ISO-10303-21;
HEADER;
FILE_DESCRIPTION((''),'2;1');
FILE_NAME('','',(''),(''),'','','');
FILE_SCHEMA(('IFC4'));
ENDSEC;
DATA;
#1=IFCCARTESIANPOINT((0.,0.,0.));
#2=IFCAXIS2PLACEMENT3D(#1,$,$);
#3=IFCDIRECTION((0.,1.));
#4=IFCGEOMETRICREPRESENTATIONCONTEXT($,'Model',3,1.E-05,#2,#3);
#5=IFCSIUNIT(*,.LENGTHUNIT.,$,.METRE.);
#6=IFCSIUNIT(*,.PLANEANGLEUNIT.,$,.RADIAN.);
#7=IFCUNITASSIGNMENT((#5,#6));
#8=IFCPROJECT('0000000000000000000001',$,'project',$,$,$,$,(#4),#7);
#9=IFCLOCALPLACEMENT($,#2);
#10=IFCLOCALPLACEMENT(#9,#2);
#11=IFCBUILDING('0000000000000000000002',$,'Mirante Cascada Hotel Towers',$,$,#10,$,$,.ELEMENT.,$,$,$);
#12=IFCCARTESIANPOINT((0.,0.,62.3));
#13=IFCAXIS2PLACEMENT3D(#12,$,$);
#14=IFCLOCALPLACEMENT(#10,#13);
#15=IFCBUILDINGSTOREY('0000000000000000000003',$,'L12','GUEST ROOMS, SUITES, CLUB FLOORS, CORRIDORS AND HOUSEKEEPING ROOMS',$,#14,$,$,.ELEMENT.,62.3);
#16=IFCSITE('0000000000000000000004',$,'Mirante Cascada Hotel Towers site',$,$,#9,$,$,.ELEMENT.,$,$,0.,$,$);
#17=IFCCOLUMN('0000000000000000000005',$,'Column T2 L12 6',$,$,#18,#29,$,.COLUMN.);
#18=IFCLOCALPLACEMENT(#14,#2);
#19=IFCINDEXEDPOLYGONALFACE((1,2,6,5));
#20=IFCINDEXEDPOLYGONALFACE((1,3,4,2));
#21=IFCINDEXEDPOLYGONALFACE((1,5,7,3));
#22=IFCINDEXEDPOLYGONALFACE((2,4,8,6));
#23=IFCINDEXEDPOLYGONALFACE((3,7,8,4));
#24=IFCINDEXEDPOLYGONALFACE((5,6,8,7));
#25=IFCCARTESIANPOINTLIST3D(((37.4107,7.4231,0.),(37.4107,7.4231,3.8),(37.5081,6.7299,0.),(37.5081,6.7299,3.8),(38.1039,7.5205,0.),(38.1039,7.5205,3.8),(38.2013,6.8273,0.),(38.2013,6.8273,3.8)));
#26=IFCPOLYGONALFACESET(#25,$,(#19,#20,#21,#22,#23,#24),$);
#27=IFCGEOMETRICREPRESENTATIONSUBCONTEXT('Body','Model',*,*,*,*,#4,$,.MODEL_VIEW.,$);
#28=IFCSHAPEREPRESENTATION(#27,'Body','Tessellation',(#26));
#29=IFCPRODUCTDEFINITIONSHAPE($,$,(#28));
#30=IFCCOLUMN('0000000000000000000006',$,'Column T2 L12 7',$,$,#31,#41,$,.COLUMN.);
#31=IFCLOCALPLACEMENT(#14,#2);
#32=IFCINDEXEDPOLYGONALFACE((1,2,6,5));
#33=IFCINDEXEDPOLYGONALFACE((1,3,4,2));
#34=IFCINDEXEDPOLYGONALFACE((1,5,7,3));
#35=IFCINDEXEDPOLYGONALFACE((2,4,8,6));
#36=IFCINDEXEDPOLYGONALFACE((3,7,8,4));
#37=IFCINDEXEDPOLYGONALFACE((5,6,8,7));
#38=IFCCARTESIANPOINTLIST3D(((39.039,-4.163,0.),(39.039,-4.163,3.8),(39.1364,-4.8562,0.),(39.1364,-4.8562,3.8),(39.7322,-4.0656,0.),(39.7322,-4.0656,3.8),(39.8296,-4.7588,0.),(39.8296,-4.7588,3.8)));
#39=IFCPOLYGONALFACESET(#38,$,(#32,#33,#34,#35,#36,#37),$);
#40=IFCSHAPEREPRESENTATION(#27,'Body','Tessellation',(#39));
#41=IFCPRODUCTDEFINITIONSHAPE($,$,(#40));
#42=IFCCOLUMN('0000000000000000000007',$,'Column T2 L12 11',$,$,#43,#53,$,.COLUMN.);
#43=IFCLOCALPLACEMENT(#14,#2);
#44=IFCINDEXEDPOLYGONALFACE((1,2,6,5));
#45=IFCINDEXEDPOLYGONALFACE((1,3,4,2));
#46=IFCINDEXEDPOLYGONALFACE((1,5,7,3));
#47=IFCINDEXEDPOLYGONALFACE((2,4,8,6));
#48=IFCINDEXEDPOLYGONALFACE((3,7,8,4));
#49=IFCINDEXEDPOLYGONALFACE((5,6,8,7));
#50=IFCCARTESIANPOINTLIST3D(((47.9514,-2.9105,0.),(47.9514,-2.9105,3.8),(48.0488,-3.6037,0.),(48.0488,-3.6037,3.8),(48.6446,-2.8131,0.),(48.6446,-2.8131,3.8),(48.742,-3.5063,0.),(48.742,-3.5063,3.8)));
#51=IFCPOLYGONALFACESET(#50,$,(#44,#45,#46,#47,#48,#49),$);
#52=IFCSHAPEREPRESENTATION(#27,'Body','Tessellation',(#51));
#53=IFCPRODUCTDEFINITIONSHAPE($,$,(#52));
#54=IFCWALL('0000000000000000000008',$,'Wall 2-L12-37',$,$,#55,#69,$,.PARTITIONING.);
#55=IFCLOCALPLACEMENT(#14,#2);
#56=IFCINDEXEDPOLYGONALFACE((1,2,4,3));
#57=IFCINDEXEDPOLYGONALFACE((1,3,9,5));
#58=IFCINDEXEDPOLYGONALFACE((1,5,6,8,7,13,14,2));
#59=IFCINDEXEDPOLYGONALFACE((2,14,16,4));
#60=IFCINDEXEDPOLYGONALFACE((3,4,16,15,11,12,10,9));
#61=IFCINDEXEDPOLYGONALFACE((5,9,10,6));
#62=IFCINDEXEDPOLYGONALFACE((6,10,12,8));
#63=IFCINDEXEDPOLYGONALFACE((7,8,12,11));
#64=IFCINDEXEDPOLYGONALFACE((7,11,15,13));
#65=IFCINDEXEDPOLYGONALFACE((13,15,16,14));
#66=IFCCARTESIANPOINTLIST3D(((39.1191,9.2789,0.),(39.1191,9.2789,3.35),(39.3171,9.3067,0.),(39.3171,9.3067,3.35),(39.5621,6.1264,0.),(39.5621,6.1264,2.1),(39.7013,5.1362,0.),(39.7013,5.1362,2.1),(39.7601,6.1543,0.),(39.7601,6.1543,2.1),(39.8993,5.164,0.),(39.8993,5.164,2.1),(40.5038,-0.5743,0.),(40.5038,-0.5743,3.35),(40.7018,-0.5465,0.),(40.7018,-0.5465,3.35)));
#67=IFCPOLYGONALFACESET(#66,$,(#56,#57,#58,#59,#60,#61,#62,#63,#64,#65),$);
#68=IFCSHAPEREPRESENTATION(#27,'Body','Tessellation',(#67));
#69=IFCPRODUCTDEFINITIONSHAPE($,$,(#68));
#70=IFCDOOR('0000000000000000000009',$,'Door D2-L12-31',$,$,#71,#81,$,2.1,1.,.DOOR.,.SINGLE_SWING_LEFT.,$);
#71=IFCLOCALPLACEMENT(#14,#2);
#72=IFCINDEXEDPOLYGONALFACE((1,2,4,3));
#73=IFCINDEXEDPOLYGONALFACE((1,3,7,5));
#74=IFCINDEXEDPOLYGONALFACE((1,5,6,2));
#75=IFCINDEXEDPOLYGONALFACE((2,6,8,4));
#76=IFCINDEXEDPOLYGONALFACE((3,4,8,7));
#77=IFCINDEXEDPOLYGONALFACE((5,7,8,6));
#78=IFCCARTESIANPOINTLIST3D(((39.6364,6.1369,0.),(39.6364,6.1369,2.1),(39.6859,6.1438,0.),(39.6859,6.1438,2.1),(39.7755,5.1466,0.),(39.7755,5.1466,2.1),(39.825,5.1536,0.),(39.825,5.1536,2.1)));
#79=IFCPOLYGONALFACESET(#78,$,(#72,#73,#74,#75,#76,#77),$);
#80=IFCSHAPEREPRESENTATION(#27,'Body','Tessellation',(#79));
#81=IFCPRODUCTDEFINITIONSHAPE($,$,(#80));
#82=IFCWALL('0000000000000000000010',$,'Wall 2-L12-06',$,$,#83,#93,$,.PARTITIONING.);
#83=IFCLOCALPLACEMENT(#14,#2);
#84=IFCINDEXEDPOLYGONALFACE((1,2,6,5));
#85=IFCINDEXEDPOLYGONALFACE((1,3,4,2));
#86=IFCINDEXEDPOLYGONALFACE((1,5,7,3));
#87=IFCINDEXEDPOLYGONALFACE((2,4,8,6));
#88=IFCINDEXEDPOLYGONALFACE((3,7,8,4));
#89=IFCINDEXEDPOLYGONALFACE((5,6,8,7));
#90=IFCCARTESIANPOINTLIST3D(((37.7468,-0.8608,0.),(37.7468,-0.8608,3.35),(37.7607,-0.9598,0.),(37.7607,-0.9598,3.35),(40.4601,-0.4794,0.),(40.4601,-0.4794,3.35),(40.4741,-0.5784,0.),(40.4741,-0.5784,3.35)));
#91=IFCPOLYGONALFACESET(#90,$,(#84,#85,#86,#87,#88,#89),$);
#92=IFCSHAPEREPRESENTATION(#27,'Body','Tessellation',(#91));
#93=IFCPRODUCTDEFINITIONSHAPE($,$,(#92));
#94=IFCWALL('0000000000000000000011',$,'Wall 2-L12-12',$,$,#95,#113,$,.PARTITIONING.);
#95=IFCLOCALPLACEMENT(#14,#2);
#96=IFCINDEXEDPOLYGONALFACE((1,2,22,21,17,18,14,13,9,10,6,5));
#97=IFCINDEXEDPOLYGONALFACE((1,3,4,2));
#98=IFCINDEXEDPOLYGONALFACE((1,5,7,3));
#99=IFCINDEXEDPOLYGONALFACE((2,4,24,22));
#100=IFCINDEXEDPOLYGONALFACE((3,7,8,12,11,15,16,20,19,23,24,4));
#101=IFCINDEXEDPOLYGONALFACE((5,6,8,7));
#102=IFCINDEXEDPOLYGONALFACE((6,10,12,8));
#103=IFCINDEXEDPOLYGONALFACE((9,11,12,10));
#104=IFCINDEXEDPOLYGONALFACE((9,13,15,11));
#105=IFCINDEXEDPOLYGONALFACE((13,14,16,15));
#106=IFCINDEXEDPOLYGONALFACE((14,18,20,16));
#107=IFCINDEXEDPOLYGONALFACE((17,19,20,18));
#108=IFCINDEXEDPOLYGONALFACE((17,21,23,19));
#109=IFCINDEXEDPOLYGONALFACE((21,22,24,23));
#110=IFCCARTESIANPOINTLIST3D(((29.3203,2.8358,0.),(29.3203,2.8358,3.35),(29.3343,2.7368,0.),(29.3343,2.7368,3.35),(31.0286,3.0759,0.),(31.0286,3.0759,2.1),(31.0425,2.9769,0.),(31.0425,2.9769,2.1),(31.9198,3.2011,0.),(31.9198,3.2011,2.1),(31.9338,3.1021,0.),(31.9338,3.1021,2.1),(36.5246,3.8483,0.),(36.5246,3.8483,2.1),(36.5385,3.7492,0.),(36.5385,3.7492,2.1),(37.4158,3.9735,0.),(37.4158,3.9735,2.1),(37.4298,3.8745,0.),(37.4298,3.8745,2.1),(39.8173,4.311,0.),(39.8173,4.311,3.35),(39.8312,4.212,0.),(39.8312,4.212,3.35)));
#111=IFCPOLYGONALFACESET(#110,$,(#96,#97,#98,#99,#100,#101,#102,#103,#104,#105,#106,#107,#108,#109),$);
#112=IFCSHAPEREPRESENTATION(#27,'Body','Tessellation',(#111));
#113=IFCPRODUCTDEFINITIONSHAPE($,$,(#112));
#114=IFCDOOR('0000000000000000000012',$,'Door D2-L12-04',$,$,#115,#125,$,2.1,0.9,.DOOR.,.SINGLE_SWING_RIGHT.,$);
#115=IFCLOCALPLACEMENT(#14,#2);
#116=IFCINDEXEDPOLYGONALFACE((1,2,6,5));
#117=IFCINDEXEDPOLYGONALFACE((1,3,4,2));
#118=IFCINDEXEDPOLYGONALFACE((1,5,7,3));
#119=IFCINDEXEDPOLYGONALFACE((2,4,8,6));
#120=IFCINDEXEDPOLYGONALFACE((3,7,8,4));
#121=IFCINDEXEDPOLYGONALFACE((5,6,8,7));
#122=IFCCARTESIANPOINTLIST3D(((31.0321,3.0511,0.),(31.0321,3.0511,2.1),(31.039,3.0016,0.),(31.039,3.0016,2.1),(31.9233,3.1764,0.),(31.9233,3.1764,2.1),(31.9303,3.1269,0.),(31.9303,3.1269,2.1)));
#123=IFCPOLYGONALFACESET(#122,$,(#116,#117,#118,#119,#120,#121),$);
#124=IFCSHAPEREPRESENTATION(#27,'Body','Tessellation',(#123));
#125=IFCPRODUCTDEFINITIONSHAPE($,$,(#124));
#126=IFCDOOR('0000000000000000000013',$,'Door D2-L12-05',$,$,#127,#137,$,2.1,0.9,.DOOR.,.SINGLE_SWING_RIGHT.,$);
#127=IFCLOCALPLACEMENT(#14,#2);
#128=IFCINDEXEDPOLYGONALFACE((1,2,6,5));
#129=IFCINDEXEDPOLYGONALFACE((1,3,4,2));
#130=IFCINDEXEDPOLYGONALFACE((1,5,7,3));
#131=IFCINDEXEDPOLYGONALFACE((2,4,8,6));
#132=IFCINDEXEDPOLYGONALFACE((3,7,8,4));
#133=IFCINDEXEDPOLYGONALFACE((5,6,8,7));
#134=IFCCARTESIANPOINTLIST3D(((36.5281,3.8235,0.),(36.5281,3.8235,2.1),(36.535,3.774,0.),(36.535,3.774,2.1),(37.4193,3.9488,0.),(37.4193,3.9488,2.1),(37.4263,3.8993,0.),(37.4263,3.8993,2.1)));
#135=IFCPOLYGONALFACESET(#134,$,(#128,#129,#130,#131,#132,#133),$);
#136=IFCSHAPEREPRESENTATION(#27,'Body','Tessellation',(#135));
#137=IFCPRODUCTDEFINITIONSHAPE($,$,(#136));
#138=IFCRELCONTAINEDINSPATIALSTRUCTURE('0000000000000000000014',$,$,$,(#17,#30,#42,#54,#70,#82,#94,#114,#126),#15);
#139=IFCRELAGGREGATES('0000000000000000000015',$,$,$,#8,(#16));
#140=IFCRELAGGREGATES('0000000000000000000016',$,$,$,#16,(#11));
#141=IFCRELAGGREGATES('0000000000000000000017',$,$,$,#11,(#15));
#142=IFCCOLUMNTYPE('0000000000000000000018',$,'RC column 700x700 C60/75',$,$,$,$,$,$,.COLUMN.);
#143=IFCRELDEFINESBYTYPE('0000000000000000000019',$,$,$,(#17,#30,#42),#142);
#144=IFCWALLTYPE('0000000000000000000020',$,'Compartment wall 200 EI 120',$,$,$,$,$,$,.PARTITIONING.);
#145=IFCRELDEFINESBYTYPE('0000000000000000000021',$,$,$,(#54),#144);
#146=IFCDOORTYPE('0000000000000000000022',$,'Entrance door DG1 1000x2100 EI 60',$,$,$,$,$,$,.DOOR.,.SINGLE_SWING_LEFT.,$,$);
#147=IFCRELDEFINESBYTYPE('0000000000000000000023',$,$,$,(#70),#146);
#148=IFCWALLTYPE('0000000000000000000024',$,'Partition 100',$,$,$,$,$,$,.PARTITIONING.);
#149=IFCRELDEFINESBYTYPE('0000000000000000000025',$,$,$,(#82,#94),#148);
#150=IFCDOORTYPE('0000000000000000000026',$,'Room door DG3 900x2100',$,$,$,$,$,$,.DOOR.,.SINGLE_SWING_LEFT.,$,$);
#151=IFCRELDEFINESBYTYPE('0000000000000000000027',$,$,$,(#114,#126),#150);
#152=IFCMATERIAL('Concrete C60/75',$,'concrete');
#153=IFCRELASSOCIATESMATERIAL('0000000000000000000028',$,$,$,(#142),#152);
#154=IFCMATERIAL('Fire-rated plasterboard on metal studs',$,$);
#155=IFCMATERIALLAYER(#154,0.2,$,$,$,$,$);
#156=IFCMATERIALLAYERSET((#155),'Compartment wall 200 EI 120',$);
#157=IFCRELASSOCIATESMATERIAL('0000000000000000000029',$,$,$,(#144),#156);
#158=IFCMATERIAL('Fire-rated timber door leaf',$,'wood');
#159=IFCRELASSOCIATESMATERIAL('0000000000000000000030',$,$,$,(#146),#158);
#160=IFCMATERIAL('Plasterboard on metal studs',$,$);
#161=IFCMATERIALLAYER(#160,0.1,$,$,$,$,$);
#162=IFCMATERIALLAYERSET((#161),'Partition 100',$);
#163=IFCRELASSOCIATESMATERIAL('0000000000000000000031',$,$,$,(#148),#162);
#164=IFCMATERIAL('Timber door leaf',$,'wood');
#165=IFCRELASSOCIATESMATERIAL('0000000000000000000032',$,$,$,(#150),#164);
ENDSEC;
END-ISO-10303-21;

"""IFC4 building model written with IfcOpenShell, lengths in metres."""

from ifc_helpers import new_model, si_unit, direction, frame, frame_2d, origin, origin_2d, place, context, subcontext, project, spatial, rectangle, extrude, material, layer, layer_set, material_profile, profile_set, type_object, element, fill, save


model = new_model("IFC4")

# Units and contexts
model_context = context("Model", 3, precision=1e-05, world=origin(), true_north=direction((0.0, 1.0)))
body_context = subcontext(model_context, "Body", "Model", "MODEL_VIEW")
ifc_project = project(units=[si_unit("LENGTHUNIT", "METRE"), si_unit("PLANEANGLEUNIT", "RADIAN")], contexts=[model_context])

# Site, building, storey
site_placement = place(None, origin())
site = spatial("IfcSite", under=ifc_project, at=site_placement, Name="Mirante Cascada Hotel Towers site", CompositionType="ELEMENT", RefElevation=0.0)
building_placement = place(site_placement, origin())
building = spatial("IfcBuilding", under=site, at=building_placement, Name="Mirante Cascada Hotel Towers", CompositionType="ELEMENT")
storey_placement = place(building_placement, frame((0.0, 0.0, 62.3)))
storey = spatial("IfcBuildingStorey", under=building, at=storey_placement, Name="L12", Description="GUEST ROOMS, SUITES, CLUB FLOORS, CORRIDORS AND HOUSEKEEPING ROOMS", CompositionType="ELEMENT", Elevation=62.3)

# Columns
ifc_material_1 = material(Name="Concrete C60/75", Category="concrete")
ifc_material_profile = material_profile(ifc_material_1, rectangle(XDim=0.7, YDim=0.7, at=origin_2d()), Name="RC column 700x700 C60/75")
ifc_profile_set = profile_set([ifc_material_profile], Name="Concrete C60/75")
column_type = type_object("IfcColumnType", Name="RC column 700x700 C60/75", PredefinedType="COLUMN", material=ifc_profile_set)
for number, where, z_axis, x_axis, name in (
    (1, (37.806, 7.1252, 0.0), (0.0, 0.0, 1.0), (0.990268, 0.139173, 0.0), "Column T2 L12 6"),
    (2, (39.4343, -4.4609, 0.0), (0.0, 0.0, 1.0), (0.990268, 0.139173, 0.0), "Column T2 L12 7"),
    (3, (48.3467, -3.2084, 0.0), (0.0, 0.0, 1.0), (0.990268, 0.139173, 0.0), "Column T2 L12 11"),
):
    element("IfcColumn", number, at=place(storey_placement, frame(where, z_axis=z_axis, x_axis=x_axis)), inside=storey, type_object=column_type, Name=name, PredefinedType="COLUMN", context=body_context, shape_type="SweptSolid", body=[
        extrude(rectangle(XDim=0.7, YDim=0.7, at=origin_2d()), origin(), (0.0, 0.0, 1.0), 3.8),
    ])

# Wall, opening, door
ifc_material_2 = material(Name="Fire-rated plasterboard on metal studs")
ifc_layer_1 = layer(ifc_material_2, 0.2)
ifc_layer_set_1 = layer_set([ifc_layer_1], Name="Compartment wall 200 EI 120")
wall_type_1 = type_object("IfcWallType", Name="Compartment wall 200 EI 120", PredefinedType="PARTITIONING", material=ifc_layer_set_1)
wall_1_placement = place(storey_placement, frame((40.6028, -0.5604, 0.0), z_axis=(0.0, 0.0, 1.0), x_axis=(-0.139165, 0.990269, 0.0)))
wall_1 = element("IfcWall", 4, at=wall_1_placement, inside=storey, type_object=wall_type_1, Name="Wall 2-L12-37", PredefinedType="PARTITIONING", context=body_context, shape_type="SweptSolid", body=[
    extrude(rectangle(XDim=9.95, YDim=0.2, at=frame_2d((4.975, 0.0))), origin(), (0.0, 0.0, 1.0), 3.35),
])
opening_1_placement = place(wall_1_placement, frame((5.7666, 0.0, 0.0)))
opening_1 = element("IfcOpeningElement", 5, at=opening_1_placement, cuts=wall_1, PredefinedType="OPENING", context=body_context, shape_type="SweptSolid", body=[
    extrude(rectangle(XDim=1.0, YDim=2.1, at=frame_2d((0.5, 1.05))), frame((0.0, 0.1, 0.0), z_axis=(0.0, -1.0, 0.0), x_axis=(1.0, 0.0, 0.0)), (0.0, 0.0, 1.0), 0.2),
])
ifc_material_3 = material(Name="Fire-rated timber door leaf", Category="wood")
door_type_1 = type_object("IfcDoorType", Name="Entrance door DG1 1000x2100 EI 60", OperationType="SINGLE_SWING_LEFT", PredefinedType="DOOR", material=ifc_material_3)
door_1_placement = place(opening_1_placement, origin())
door_1 = element("IfcDoor", 6, at=door_1_placement, inside=storey, type_object=door_type_1, Name="Door D2-L12-31", OperationType="SINGLE_SWING_LEFT", OverallHeight=2.1, OverallWidth=1.0, PredefinedType="DOOR", context=body_context, shape_type="SweptSolid", body=[
    extrude(rectangle(XDim=1.0, YDim=2.1, at=frame_2d((0.5, 1.05))), frame((0.0, 0.025, 0.0), z_axis=(0.0, -1.0, 0.0), x_axis=(1.0, 0.0, 0.0)), (0.0, 0.0, 1.0), 0.05),
])
fill(opening_1, door_1)

# Wall
ifc_material_4 = material(Name="Plasterboard on metal studs")
ifc_layer_2 = layer(ifc_material_4, 0.1)
ifc_layer_set_2 = layer_set([ifc_layer_2], Name="Partition 100")
wall_type_2 = type_object("IfcWallType", Name="Partition 100", PredefinedType="PARTITIONING", material=ifc_layer_set_2)
wall_2_placement = place(storey_placement, frame((40.4671, -0.5289, 0.0), z_axis=(0.0, 0.0, 1.0), x_axis=(-0.990264, -0.139198, 0.0)))
element("IfcWall", 7, at=wall_2_placement, inside=storey, type_object=wall_type_2, Name="Wall 2-L12-06", PredefinedType="PARTITIONING", context=body_context, shape_type="SweptSolid", body=[
    extrude(rectangle(XDim=2.74, YDim=0.1, at=frame_2d((1.37, 0.0))), origin(), (0.0, 0.0, 1.0), 3.35),
])

# Wall, openings, doors
wall_3_placement = place(storey_placement, frame((39.8242, 4.2615, 0.0), z_axis=(0.0, 0.0, 1.0), x_axis=(-0.990269, -0.139169, 0.0)))
wall_3 = element("IfcWall", 8, at=wall_3_placement, inside=storey, type_object=wall_type_2, Name="Wall 2-L12-12", PredefinedType="PARTITIONING", context=body_context, shape_type="SweptSolid", body=[
    extrude(rectangle(XDim=10.6001, YDim=0.1, at=frame_2d((5.3, 0.0))), origin(), (0.0, 0.0, 1.0), 3.35),
])
opening_2_placement = place(wall_3_placement, frame((7.975, 0.0, 0.0)))
opening_2 = element("IfcOpeningElement", 9, at=opening_2_placement, cuts=wall_3, PredefinedType="OPENING", context=body_context, shape_type="SweptSolid", body=[
    extrude(rectangle(XDim=0.9, YDim=2.1, at=frame_2d((0.45, 1.05))), frame((0.0, 0.05, 0.0), z_axis=(0.0, -1.0, 0.0), x_axis=(1.0, 0.0, 0.0)), (0.0, 0.0, 1.0), 0.1),
])
opening_3_placement = place(wall_3_placement, frame((2.425, 0.0, 0.0)))
opening_3 = element("IfcOpeningElement", 10, at=opening_3_placement, cuts=wall_3, PredefinedType="OPENING", context=body_context, shape_type="SweptSolid", body=[
    extrude(rectangle(XDim=0.9, YDim=2.1, at=frame_2d((0.45, 1.05))), frame((0.0, 0.05, 0.0), z_axis=(0.0, -1.0, 0.0), x_axis=(1.0, 0.0, 0.0)), (0.0, 0.0, 1.0), 0.1),
])
ifc_material_5 = material(Name="Timber door leaf", Category="wood")
door_type_2 = type_object("IfcDoorType", Name="Room door DG3 900x2100", OperationType="SINGLE_SWING_LEFT", PredefinedType="DOOR", material=ifc_material_5)
door_2_placement = place(opening_2_placement, frame((0.9, 0.0, 0.0), z_axis=(0.0, 0.0, 1.0), x_axis=(-1.0, 0.0, 0.0)))
door_2 = element("IfcDoor", 11, at=door_2_placement, inside=storey, type_object=door_type_2, Name="Door D2-L12-04", OperationType="SINGLE_SWING_RIGHT", OverallHeight=2.1, OverallWidth=0.9, PredefinedType="DOOR", context=body_context, shape_type="SweptSolid", body=[
    extrude(rectangle(XDim=0.9, YDim=2.1, at=frame_2d((0.45, 1.05))), frame((0.0, 0.025, 0.0), z_axis=(0.0, -1.0, 0.0), x_axis=(1.0, 0.0, 0.0)), (0.0, 0.0, 1.0), 0.05),
])
fill(opening_2, door_2)
door_3_placement = place(opening_3_placement, frame((0.9, 0.0, 0.0), z_axis=(0.0, 0.0, 1.0), x_axis=(-1.0, 0.0, 0.0)))
door_3 = element("IfcDoor", 12, at=door_3_placement, inside=storey, type_object=door_type_2, Name="Door D2-L12-05", OperationType="SINGLE_SWING_RIGHT", OverallHeight=2.1, OverallWidth=0.9, PredefinedType="DOOR", context=body_context, shape_type="SweptSolid", body=[
    extrude(rectangle(XDim=0.9, YDim=2.1, at=frame_2d((0.45, 1.05))), frame((0.0, 0.025, 0.0), z_axis=(0.0, -1.0, 0.0), x_axis=(1.0, 0.0, 0.0)), (0.0, 0.0, 1.0), 0.05),
])
fill(opening_3, door_3)

save(model, "model.ifc")
